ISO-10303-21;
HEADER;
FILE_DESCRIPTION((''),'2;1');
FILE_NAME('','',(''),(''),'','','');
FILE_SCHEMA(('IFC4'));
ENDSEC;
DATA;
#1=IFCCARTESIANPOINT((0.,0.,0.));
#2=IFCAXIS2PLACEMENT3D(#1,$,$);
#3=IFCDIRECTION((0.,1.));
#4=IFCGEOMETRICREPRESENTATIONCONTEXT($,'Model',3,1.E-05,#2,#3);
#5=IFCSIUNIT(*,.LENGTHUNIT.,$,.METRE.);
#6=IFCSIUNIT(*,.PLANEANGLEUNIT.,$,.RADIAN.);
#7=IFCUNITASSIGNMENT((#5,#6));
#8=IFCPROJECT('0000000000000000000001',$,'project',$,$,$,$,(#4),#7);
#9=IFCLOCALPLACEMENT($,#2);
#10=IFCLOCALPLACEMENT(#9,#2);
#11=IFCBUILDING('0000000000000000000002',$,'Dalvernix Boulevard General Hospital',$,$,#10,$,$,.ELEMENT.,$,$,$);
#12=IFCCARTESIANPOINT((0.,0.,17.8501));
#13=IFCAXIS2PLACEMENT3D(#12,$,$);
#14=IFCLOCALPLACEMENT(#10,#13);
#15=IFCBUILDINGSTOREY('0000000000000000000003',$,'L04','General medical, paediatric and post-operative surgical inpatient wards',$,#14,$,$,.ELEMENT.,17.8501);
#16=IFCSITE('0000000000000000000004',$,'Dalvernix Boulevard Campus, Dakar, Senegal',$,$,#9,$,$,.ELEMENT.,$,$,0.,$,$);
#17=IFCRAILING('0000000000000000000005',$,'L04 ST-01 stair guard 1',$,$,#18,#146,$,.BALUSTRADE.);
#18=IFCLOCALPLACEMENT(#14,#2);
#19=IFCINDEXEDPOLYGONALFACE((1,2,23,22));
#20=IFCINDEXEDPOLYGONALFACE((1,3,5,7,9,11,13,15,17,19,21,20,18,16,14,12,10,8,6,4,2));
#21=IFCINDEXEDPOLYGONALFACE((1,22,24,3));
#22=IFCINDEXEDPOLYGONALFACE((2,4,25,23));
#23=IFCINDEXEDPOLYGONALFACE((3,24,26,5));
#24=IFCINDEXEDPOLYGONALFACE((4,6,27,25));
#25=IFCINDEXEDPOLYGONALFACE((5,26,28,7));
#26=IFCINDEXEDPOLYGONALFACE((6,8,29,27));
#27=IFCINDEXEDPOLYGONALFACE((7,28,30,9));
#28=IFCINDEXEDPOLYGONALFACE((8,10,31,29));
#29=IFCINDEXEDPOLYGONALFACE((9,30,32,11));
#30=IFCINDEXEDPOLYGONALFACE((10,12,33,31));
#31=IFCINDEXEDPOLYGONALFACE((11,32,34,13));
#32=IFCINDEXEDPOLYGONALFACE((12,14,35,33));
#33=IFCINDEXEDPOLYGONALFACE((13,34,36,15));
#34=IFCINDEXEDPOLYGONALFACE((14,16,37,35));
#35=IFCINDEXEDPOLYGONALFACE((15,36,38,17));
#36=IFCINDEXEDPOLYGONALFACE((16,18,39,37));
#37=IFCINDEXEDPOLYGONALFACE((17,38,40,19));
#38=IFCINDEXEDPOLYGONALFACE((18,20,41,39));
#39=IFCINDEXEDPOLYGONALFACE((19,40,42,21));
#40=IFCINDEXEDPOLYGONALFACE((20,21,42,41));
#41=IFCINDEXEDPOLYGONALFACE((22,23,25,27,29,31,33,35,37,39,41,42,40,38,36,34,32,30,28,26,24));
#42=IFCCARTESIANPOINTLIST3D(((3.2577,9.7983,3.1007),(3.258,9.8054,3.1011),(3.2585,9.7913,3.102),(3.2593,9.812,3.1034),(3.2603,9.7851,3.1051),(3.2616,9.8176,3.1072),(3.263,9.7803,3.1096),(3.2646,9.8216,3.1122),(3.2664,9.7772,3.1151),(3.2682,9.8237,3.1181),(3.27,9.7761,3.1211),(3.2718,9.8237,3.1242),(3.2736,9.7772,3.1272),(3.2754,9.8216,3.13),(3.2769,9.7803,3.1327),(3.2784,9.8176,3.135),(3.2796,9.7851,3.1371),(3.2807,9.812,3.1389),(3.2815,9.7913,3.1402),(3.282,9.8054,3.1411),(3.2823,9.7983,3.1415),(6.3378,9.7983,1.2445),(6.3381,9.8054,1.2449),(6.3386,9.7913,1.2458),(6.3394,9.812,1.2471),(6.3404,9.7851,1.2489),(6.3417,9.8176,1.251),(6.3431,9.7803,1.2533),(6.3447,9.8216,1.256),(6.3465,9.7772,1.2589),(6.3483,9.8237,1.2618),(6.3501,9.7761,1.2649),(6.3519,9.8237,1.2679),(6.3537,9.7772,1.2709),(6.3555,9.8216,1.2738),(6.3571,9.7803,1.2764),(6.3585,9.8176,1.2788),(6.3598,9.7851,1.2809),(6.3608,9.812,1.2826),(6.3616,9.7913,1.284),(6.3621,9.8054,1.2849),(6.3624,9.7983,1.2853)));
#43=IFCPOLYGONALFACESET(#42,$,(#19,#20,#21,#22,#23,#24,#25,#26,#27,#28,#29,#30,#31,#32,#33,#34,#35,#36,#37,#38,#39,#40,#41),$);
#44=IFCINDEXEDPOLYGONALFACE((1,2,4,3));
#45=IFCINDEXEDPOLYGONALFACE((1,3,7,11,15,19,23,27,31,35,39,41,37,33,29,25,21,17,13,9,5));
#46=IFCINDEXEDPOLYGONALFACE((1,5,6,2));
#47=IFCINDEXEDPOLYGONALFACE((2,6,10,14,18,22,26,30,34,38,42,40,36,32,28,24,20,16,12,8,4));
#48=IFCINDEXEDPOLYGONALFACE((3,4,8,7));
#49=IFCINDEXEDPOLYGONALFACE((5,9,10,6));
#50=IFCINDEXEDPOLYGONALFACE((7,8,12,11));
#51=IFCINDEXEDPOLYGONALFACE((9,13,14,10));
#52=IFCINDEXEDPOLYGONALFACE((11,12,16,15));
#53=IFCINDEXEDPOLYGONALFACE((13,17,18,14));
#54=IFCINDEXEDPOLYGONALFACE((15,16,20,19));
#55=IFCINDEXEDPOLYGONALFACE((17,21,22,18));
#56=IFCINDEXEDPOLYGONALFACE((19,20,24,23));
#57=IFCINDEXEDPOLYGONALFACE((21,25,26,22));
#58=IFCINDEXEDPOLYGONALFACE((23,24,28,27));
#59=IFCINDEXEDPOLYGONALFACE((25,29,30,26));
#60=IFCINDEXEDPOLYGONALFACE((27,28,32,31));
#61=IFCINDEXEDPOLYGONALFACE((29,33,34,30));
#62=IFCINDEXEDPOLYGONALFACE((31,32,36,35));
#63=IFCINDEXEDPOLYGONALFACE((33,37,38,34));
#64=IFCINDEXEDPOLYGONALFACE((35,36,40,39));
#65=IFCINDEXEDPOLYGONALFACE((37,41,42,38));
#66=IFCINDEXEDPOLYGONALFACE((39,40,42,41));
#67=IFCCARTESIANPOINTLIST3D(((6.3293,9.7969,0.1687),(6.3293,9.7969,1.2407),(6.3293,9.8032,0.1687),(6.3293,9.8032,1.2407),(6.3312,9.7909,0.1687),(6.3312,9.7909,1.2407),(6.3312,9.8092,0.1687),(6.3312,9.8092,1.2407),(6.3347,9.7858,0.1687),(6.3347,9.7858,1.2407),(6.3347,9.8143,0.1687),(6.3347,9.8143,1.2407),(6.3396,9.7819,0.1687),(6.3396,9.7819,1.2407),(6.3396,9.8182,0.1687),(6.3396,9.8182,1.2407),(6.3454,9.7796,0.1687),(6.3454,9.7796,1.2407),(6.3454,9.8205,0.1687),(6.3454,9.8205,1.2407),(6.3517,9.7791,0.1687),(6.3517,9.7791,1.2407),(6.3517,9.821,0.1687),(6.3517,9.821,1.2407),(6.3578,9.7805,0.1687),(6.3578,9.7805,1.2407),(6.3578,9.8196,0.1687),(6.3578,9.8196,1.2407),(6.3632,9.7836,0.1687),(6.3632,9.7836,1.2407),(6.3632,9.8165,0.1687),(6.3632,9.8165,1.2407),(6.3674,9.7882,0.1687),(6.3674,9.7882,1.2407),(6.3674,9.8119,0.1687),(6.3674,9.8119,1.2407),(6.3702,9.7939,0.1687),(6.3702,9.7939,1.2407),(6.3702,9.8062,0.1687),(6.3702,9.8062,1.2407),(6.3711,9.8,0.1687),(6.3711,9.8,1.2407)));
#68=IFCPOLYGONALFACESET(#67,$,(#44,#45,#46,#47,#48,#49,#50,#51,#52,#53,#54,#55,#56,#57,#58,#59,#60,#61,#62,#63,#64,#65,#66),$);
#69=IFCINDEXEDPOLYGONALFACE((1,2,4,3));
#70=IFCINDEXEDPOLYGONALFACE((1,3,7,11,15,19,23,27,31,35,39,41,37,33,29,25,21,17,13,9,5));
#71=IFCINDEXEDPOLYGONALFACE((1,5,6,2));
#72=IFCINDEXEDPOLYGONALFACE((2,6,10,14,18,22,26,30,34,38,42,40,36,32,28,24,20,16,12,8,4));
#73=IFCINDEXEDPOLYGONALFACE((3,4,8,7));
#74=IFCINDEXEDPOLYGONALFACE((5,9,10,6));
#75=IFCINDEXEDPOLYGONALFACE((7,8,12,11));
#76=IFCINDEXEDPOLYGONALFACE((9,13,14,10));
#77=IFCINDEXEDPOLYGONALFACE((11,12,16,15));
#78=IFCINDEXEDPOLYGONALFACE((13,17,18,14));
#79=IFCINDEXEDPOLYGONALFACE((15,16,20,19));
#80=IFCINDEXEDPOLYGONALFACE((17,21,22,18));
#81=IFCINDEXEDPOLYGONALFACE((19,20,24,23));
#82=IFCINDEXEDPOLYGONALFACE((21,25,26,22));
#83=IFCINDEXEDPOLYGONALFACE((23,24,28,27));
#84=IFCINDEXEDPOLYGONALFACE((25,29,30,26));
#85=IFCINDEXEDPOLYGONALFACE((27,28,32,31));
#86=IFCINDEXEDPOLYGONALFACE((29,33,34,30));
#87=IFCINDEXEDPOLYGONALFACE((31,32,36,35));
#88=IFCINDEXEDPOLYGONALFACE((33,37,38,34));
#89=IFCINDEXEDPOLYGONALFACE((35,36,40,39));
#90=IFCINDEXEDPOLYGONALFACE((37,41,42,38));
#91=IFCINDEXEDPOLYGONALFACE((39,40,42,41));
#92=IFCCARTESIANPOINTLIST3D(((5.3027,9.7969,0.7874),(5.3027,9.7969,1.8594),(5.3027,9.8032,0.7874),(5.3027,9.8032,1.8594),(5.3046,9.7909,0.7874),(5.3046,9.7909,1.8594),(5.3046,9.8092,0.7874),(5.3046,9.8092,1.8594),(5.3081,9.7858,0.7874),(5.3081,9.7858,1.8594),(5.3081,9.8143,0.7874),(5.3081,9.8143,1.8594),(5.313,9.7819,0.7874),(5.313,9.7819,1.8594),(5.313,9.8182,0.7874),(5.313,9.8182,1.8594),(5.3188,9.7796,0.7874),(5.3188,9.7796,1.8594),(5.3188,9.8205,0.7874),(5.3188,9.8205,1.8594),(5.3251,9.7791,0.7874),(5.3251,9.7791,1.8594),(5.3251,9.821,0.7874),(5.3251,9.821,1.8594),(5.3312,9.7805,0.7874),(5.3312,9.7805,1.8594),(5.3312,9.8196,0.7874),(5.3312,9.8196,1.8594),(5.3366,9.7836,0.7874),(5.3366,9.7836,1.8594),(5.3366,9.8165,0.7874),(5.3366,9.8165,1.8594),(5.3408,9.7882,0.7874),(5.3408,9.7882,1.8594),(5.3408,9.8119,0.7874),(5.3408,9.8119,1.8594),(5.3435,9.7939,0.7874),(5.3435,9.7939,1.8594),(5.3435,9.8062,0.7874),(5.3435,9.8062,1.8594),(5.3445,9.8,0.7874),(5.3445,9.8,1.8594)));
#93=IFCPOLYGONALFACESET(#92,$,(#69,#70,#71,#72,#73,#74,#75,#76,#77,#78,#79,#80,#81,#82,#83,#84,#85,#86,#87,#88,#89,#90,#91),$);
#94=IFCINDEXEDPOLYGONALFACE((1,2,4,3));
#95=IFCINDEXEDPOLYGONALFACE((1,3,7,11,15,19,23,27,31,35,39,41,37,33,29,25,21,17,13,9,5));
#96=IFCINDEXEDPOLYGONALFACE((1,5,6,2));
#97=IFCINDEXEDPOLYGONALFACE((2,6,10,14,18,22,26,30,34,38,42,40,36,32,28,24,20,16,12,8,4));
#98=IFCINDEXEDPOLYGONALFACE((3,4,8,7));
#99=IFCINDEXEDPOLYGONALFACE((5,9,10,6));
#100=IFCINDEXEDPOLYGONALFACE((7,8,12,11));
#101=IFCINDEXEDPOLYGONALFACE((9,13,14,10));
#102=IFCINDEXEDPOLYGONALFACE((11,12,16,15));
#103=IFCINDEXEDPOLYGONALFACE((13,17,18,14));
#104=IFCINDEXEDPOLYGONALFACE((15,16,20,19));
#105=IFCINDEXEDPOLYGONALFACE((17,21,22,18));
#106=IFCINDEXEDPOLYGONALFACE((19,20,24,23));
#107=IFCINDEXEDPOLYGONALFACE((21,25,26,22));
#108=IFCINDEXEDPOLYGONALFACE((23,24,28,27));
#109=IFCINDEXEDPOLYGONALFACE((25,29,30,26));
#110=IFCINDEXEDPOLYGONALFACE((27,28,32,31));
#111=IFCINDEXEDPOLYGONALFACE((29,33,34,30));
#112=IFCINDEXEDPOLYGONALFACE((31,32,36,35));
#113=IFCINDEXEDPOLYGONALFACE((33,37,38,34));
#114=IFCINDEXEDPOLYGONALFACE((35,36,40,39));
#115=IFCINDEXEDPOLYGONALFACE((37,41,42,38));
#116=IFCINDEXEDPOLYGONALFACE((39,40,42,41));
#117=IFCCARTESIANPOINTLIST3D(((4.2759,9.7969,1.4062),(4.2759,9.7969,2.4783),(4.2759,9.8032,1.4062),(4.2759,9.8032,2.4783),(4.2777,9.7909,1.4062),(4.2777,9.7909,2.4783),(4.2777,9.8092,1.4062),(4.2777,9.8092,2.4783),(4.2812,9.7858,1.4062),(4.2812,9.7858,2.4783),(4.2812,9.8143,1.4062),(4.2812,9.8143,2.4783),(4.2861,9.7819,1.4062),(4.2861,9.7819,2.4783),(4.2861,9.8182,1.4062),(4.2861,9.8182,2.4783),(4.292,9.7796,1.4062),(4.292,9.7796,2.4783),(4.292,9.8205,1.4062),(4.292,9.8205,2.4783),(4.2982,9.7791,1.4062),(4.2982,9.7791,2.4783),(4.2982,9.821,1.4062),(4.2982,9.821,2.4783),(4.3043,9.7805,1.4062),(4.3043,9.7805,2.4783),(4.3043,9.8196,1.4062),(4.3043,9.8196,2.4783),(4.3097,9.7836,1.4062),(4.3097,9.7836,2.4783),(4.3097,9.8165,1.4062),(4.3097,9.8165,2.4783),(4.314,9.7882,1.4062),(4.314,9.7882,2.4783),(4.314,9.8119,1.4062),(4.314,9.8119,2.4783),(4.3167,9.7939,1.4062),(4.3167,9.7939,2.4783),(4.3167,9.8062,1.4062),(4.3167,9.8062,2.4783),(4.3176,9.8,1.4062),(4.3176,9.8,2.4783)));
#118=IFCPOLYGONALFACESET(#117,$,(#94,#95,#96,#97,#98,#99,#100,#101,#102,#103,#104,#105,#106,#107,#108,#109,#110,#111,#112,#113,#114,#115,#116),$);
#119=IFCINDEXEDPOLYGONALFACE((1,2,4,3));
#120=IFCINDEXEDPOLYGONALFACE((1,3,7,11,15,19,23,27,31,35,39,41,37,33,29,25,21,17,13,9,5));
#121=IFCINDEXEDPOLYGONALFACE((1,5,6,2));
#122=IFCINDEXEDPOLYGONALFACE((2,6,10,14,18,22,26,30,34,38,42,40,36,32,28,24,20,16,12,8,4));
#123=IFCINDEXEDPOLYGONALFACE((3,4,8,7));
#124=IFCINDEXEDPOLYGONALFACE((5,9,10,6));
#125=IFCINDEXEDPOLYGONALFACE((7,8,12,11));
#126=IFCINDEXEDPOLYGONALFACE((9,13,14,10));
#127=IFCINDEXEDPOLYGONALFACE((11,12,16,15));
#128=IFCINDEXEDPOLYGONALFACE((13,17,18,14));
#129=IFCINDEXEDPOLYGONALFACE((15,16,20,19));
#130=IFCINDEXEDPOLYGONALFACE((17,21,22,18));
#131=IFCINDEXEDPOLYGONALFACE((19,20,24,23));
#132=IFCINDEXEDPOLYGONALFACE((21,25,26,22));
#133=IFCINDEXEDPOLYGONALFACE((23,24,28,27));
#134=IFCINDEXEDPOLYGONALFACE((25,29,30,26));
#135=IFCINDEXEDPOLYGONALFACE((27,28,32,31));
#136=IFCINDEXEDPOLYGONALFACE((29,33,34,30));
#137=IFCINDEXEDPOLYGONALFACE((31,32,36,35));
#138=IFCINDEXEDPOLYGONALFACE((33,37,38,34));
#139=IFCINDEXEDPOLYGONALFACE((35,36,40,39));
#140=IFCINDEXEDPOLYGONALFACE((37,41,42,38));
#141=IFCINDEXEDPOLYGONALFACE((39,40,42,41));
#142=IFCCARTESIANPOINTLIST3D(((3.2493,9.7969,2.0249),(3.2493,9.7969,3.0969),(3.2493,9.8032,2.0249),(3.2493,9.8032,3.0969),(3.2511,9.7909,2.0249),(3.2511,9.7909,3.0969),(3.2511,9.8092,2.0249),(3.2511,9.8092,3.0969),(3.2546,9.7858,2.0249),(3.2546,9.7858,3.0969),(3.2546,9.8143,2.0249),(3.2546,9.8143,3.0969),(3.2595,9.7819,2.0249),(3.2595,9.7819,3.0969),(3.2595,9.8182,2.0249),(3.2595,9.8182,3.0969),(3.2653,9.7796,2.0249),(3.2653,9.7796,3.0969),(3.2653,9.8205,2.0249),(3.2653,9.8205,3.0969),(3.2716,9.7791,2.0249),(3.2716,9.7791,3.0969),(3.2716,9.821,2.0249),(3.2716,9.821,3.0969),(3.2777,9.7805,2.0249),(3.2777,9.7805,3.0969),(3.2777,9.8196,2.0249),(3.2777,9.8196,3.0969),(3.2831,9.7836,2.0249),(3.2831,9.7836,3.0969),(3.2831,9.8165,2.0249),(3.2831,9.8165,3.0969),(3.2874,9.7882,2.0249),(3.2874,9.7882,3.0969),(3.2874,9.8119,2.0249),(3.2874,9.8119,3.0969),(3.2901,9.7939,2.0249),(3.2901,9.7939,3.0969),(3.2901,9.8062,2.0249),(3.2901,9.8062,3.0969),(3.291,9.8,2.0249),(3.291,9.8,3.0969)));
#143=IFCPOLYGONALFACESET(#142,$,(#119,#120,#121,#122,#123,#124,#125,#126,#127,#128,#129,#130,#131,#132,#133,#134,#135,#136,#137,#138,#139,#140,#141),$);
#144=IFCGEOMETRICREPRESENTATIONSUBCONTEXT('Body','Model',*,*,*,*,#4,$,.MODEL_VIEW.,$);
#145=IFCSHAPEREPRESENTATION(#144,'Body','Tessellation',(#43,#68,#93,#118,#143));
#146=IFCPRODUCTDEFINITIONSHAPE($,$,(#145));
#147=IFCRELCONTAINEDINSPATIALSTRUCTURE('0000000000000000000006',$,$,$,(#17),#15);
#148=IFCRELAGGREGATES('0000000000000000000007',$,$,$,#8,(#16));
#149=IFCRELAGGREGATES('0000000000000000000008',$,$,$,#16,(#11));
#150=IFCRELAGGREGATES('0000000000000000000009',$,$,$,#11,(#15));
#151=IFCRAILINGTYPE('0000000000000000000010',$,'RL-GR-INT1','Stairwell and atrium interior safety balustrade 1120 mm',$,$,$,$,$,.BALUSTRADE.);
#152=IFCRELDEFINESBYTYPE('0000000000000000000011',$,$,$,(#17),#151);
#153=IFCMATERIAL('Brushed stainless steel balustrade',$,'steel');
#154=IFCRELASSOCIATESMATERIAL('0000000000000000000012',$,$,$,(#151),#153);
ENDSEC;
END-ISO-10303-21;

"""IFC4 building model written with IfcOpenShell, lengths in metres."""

from ifc_helpers import new_model, si_unit, direction, frame, origin, origin_2d, place, context, subcontext, project, spatial, circle, extrude, material, type_object, element, save


model = new_model("IFC4")

# Units and contexts
model_context = context("Model", 3, precision=1e-05, world=origin(), true_north=direction((0.0, 1.0)))
body_context = subcontext(model_context, "Body", "Model", "MODEL_VIEW")
ifc_project = project(units=[si_unit("LENGTHUNIT", "METRE"), si_unit("PLANEANGLEUNIT", "RADIAN")], contexts=[model_context])

# Site, building, storey
site_placement = place(None, origin())
site = spatial("IfcSite", under=ifc_project, at=site_placement, Name="Dalvernix Boulevard Campus, Dakar, Senegal", CompositionType="ELEMENT", RefElevation=0.0)
building_placement = place(site_placement, origin())
building = spatial("IfcBuilding", under=site, at=building_placement, Name="Dalvernix Boulevard General Hospital", CompositionType="ELEMENT")
storey_placement = place(building_placement, frame((0.0, 0.0, 17.8501)))
storey = spatial("IfcBuildingStorey", under=building, at=storey_placement, Name="L04", Description="General medical, paediatric and post-operative surgical inpatient wards", CompositionType="ELEMENT", Elevation=17.8501)

# Railing
ifc_material_1 = material(Name="Brushed stainless steel balustrade", Category="steel")
railing_type = type_object("IfcRailingType", Name="RL-GR-INT1", Description="Stairwell and atrium interior safety balustrade 1120 mm", PredefinedType="BALUSTRADE", material=ifc_material_1)
railing_1_placement = place(storey_placement, frame((6.3501, 9.8, 0.1687)))
element("IfcRailing", 1, at=railing_1_placement, inside=storey, type_object=railing_type, Name="L04 ST-01 stair guard 1", PredefinedType="BALUSTRADE", context=body_context, shape_type="SweptSolid", body=[
    extrude(circle(Radius=0.0239, at=origin_2d()), frame((0.0, 0.0, 1.0962), z_axis=(-0.856491, 0.0, 0.516162), x_axis=(0.0, -1.0, 0.0)), (0.0, 0.0, 1.0), 3.5962),
    extrude(circle(Radius=0.021, at=origin_2d()), origin(), (0.0, 0.0, 1.0), 1.072),
    extrude(circle(Radius=0.021, at=origin_2d()), frame((-1.0266, 0.0, 0.6187)), (0.0, 0.0, 1.0), 1.072),
    extrude(circle(Radius=0.021, at=origin_2d()), frame((-2.0535, 0.0, 1.2375)), (0.0, 0.0, 1.0), 1.072),
    extrude(circle(Radius=0.021, at=origin_2d()), frame((-3.0801, 0.0, 1.8562)), (0.0, 0.0, 1.0), 1.072),
])

save(model, "model.ifc")
